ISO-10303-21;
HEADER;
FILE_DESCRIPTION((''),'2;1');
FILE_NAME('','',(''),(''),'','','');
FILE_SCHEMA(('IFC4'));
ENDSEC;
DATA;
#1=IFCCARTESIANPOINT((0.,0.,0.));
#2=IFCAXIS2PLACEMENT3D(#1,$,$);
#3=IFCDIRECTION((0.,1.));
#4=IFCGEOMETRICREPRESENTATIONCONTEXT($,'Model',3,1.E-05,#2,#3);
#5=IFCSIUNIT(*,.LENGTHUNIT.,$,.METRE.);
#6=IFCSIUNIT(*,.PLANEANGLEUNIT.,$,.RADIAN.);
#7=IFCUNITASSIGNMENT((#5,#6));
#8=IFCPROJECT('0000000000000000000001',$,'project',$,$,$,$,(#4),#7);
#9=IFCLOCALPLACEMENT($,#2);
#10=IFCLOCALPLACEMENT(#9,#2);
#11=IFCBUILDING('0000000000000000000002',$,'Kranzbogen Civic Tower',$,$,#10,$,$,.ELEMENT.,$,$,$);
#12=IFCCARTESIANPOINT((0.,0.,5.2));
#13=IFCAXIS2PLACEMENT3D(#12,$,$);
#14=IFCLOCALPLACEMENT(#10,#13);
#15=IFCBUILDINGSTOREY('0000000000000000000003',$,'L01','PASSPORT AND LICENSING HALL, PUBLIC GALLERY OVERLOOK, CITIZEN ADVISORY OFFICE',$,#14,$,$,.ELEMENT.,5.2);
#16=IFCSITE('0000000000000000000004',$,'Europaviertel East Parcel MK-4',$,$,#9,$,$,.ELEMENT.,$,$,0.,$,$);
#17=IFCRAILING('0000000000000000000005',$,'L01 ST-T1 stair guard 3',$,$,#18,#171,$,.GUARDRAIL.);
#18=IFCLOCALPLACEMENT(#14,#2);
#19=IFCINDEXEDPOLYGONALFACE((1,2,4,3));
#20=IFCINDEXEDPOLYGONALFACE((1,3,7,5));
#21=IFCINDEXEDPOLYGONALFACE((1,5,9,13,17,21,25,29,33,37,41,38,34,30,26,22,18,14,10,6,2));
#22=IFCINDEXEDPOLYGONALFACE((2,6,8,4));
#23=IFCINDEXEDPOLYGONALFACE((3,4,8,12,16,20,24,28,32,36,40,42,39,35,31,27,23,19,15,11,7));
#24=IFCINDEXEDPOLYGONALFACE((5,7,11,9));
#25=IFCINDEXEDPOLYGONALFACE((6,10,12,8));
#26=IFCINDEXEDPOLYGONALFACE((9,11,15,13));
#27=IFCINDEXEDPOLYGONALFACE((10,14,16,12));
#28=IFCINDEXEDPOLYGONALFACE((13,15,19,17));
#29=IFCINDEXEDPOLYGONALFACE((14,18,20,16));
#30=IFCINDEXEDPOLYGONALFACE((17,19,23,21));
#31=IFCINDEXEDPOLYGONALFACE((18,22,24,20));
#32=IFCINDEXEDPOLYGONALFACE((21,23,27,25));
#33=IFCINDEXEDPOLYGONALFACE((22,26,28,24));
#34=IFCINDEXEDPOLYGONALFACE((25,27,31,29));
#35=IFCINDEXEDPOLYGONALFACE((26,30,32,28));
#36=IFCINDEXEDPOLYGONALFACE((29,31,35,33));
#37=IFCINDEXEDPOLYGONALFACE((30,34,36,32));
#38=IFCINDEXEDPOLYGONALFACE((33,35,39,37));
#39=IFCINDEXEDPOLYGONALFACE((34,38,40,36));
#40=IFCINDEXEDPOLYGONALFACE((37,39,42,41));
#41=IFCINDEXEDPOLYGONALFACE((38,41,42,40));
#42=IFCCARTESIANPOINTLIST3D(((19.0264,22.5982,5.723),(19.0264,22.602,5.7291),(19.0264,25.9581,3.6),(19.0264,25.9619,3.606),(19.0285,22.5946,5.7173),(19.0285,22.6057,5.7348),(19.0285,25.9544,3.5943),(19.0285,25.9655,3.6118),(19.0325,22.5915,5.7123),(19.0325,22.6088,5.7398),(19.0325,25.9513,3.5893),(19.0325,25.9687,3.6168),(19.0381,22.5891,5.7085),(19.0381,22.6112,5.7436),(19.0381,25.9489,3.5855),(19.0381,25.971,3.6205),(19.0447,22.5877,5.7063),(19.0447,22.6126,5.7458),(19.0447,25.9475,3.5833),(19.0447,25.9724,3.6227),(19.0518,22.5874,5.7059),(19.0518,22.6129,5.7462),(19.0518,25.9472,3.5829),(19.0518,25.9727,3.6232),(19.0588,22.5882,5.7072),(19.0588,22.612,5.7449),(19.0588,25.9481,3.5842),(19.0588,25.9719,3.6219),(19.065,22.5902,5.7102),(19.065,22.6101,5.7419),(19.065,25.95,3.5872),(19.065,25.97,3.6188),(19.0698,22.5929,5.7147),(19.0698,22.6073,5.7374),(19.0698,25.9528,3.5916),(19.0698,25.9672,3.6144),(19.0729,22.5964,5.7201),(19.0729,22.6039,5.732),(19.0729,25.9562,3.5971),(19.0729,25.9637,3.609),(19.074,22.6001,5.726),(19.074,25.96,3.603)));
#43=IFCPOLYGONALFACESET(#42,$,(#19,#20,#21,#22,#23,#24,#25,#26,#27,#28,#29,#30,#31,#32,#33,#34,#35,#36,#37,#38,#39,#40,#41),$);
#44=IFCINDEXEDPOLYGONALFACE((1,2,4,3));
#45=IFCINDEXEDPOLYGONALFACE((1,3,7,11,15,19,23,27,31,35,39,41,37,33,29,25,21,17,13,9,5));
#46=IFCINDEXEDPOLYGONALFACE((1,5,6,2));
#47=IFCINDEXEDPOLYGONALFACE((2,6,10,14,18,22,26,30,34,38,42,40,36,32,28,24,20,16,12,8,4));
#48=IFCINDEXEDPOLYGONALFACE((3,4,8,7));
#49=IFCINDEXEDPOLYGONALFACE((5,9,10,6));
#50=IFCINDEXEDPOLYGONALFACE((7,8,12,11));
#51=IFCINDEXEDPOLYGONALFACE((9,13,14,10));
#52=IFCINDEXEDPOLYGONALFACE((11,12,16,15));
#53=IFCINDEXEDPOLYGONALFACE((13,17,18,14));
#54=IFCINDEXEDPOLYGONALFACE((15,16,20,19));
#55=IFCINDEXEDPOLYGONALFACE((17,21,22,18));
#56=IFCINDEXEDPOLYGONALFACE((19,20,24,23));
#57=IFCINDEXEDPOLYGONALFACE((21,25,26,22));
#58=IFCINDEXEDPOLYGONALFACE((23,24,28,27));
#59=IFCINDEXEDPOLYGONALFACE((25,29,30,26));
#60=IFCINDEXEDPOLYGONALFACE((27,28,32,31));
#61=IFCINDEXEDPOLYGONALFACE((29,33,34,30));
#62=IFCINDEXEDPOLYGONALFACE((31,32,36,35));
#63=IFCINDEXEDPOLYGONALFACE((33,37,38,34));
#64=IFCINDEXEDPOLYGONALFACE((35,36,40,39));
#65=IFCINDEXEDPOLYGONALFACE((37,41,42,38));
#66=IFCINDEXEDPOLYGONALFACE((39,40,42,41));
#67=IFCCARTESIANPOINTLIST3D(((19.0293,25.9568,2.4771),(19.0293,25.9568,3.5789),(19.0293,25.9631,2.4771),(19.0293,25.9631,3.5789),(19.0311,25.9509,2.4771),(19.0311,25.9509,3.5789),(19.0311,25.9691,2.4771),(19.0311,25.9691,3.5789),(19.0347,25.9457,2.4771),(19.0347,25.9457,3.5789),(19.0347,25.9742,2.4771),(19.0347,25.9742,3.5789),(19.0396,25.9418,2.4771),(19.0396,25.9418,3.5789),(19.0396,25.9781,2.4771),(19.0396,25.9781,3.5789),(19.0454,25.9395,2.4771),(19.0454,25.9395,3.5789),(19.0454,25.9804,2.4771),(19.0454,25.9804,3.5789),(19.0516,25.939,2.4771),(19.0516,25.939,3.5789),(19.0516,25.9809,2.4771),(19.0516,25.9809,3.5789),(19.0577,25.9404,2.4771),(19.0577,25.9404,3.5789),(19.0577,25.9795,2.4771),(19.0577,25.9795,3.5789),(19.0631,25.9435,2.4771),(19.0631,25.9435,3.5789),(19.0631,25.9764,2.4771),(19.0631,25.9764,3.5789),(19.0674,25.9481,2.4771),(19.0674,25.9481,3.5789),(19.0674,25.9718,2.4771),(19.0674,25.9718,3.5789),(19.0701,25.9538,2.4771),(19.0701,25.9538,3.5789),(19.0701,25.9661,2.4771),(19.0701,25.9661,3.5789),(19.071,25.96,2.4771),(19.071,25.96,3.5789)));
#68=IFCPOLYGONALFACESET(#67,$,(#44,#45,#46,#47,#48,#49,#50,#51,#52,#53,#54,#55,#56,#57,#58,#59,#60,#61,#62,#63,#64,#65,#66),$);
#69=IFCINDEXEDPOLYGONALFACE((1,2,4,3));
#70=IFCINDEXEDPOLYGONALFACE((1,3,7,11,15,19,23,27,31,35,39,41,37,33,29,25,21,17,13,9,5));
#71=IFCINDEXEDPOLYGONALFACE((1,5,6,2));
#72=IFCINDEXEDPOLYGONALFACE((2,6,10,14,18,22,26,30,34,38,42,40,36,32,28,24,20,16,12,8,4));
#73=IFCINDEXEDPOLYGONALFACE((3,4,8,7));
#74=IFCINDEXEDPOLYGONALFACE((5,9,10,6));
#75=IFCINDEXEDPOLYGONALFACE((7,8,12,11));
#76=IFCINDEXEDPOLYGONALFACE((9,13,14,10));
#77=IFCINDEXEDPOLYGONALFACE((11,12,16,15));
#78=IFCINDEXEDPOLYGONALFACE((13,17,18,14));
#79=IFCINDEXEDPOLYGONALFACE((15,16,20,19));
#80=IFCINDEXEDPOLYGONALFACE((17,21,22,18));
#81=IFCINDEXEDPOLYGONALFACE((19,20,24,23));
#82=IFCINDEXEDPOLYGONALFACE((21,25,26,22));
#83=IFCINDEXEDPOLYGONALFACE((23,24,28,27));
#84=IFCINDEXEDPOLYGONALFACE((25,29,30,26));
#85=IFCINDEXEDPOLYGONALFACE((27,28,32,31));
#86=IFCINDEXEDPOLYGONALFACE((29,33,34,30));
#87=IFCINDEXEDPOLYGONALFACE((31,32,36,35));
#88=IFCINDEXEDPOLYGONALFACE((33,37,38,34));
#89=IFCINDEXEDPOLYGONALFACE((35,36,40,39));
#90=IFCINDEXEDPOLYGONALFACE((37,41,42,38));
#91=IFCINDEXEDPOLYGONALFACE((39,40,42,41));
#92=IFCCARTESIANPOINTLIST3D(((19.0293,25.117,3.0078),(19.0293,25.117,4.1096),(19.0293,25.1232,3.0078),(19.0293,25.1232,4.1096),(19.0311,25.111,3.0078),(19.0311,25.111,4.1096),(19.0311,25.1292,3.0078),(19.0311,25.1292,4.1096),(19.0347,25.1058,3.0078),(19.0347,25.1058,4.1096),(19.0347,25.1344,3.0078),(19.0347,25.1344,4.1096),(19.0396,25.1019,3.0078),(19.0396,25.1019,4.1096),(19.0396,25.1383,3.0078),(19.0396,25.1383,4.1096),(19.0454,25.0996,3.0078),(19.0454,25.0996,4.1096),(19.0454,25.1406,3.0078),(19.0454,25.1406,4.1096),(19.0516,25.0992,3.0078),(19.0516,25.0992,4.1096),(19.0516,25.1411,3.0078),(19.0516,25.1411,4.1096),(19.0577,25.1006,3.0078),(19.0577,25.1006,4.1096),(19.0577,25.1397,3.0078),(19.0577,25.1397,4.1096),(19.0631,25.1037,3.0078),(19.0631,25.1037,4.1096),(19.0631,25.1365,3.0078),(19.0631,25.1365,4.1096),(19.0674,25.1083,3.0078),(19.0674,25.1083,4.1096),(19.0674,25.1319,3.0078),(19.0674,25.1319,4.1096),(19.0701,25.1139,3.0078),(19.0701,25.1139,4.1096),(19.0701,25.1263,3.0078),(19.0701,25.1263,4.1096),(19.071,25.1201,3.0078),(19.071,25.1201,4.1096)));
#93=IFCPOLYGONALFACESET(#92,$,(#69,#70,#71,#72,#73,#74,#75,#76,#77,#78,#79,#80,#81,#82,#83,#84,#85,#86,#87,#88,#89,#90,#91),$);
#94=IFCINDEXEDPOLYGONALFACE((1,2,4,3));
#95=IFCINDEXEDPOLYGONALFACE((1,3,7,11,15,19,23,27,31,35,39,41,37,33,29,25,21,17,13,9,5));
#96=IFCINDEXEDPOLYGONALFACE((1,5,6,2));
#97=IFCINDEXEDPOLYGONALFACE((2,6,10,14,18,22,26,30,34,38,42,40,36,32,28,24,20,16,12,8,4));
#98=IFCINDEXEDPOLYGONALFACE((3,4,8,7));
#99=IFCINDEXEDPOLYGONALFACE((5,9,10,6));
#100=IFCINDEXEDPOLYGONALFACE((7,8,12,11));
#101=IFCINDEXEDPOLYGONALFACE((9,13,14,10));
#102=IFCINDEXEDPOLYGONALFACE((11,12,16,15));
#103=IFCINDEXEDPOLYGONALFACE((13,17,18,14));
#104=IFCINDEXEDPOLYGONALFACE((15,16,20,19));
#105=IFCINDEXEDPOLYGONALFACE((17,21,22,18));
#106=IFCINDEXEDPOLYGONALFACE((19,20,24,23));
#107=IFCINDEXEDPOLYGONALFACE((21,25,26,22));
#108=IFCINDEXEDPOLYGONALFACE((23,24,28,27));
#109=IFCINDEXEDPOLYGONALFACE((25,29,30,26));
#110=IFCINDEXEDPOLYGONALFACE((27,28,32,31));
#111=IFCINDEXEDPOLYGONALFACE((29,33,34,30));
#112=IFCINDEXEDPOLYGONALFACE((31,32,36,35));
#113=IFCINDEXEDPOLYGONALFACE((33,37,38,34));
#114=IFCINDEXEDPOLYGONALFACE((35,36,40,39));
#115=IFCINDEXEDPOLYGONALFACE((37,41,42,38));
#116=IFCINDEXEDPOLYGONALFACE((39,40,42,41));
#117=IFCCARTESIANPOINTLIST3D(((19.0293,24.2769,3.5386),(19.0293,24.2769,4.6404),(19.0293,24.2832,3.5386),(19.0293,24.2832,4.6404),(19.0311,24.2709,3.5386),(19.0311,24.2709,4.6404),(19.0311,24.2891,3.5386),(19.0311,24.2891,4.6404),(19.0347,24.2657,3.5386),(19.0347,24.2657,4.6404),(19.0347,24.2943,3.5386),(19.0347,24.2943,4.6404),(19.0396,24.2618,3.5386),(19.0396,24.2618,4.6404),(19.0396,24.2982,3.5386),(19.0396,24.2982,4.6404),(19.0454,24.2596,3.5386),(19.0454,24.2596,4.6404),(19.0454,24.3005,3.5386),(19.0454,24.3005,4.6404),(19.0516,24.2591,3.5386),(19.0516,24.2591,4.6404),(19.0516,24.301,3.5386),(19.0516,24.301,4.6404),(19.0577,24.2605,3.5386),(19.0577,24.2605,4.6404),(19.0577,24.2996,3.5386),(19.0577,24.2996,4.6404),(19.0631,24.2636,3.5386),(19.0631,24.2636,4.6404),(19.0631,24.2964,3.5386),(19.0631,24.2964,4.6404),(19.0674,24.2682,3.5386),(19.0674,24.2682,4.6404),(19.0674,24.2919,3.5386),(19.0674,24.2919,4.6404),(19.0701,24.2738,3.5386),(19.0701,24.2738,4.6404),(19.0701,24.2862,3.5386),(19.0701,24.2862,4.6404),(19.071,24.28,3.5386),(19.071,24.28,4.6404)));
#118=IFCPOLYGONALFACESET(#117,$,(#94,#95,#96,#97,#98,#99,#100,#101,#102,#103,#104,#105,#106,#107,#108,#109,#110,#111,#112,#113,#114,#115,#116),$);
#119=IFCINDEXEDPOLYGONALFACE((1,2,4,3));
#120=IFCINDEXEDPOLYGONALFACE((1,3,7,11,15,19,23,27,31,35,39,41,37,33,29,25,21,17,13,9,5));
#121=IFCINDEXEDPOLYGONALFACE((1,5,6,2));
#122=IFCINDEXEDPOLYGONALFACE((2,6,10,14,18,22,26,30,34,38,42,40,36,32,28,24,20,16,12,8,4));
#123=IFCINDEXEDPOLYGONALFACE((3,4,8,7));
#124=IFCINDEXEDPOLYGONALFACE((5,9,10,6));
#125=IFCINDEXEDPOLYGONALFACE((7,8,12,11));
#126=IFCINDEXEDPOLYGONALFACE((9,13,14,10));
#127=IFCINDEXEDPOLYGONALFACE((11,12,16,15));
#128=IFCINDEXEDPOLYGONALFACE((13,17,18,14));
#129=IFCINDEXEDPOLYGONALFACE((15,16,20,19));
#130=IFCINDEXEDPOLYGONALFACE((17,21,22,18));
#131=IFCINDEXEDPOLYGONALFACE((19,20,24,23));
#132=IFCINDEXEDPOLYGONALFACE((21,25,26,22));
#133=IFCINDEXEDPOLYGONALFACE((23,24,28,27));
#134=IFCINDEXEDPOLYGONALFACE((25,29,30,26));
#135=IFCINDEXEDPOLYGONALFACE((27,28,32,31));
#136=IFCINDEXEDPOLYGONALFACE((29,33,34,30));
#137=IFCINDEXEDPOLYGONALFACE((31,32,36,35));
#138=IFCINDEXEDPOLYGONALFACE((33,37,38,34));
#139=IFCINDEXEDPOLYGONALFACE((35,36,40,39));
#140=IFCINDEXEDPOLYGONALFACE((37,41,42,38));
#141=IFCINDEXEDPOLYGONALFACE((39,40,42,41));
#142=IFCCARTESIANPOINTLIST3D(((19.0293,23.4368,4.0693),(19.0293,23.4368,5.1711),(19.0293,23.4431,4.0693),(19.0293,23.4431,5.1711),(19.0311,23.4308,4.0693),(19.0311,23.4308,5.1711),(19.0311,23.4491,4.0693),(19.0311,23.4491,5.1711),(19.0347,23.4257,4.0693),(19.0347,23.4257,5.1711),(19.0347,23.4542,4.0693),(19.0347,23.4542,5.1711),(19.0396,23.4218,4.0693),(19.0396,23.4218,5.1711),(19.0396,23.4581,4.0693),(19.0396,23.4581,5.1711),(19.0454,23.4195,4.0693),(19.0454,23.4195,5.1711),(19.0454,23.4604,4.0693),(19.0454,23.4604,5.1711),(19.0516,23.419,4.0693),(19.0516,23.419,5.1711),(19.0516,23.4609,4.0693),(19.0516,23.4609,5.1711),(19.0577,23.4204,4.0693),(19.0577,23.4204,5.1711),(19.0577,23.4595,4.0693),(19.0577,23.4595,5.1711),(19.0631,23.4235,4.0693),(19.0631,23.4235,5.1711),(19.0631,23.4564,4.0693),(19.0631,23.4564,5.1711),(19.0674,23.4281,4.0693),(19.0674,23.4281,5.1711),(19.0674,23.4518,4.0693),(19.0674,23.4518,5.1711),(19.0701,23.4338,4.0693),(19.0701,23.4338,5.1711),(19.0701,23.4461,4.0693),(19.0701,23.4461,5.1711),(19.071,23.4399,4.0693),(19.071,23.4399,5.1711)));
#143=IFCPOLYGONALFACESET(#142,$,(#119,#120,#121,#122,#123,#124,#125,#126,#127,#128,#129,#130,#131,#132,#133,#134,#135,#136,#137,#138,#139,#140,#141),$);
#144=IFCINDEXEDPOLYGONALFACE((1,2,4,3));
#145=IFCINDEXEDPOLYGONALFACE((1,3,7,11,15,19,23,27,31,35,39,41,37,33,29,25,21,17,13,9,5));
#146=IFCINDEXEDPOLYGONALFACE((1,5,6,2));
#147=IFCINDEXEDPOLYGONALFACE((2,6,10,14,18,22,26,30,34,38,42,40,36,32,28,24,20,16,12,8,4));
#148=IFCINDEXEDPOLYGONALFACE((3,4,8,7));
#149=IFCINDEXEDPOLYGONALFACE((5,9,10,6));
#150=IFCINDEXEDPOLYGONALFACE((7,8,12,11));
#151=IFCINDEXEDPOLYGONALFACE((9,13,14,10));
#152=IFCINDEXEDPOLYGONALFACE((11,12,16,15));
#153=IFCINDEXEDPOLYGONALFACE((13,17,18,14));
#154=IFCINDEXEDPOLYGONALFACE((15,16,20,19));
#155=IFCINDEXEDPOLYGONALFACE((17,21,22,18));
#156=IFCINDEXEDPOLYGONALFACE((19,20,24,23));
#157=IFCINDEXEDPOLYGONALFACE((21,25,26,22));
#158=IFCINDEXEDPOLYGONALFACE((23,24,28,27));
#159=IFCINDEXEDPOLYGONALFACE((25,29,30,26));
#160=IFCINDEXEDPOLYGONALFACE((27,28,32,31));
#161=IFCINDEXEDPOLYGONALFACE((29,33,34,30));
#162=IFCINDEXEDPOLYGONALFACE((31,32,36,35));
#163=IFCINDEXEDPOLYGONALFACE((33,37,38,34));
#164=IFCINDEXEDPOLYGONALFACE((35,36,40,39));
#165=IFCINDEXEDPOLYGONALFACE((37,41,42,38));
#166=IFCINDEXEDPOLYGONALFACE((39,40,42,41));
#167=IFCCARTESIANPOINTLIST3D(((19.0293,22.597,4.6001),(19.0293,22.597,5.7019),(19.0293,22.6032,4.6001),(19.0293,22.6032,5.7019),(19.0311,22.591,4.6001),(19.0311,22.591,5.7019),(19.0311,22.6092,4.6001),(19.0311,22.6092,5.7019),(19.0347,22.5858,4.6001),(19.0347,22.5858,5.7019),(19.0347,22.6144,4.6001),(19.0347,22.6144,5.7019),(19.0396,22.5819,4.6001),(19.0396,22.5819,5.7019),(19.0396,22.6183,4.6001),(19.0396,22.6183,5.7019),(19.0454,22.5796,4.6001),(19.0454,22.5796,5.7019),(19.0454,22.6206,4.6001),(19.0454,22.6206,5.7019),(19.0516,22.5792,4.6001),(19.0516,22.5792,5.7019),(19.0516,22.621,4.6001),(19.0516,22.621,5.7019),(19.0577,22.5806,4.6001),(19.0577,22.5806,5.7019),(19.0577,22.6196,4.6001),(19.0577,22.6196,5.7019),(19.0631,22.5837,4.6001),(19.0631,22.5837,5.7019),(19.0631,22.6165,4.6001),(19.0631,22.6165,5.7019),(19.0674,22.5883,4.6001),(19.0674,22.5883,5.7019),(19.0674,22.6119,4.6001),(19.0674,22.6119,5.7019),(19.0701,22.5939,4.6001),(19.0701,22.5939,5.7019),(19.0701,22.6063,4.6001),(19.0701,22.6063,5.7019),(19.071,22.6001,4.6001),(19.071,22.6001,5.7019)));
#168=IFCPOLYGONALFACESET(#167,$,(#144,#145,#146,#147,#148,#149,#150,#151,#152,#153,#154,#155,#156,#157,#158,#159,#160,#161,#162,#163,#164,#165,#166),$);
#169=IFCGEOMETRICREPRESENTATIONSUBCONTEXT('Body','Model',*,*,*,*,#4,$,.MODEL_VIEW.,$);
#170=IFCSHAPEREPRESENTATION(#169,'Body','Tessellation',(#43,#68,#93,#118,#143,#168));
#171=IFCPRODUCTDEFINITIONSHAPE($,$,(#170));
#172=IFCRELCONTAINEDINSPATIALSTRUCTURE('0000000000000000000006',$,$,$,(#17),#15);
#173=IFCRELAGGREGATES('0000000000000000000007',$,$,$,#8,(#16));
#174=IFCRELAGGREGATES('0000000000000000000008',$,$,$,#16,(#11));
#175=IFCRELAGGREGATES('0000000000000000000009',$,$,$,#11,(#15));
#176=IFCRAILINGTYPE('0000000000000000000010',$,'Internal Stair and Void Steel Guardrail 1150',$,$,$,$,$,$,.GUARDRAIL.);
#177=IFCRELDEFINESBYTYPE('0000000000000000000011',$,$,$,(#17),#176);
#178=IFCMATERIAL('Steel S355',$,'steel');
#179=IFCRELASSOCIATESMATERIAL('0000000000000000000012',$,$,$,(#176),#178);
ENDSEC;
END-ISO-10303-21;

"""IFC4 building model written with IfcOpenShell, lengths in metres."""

from ifc_helpers import new_model, si_unit, direction, frame, origin, origin_2d, place, context, subcontext, project, spatial, circle, extrude, material, type_object, element, save


model = new_model("IFC4")

# Units and contexts
model_context = context("Model", 3, precision=1e-05, world=origin(), true_north=direction((0.0, 1.0)))
body_context = subcontext(model_context, "Body", "Model", "MODEL_VIEW")
ifc_project = project(units=[si_unit("LENGTHUNIT", "METRE"), si_unit("PLANEANGLEUNIT", "RADIAN")], contexts=[model_context])

# Site, building, storey
site_placement = place(None, origin())
site = spatial("IfcSite", under=ifc_project, at=site_placement, Name="Europaviertel East Parcel MK-4", CompositionType="ELEMENT", RefElevation=0.0)
building_placement = place(site_placement, origin())
building = spatial("IfcBuilding", under=site, at=building_placement, Name="Kranzbogen Civic Tower", CompositionType="ELEMENT")
storey_placement = place(building_placement, frame((0.0, 0.0, 5.2)))
storey = spatial("IfcBuildingStorey", under=building, at=storey_placement, Name="L01", Description="PASSPORT AND LICENSING HALL, PUBLIC GALLERY OVERLOOK, CITIZEN ADVISORY OFFICE", CompositionType="ELEMENT", Elevation=5.2)

# Shared definitions
ifc_material_1 = material(Name="Steel S355", Category="steel")

# Railing
railing_type_1 = type_object("IfcRailingType", Name="Internal Stair and Void Steel Guardrail 1150", PredefinedType="GUARDRAIL", material=ifc_material_1)
for number, where, name in (
    (1, (19.05, 25.96, 2.4771), "L01 ST-T1 stair guard 3"),
):
    element("IfcRailing", number, at=place(storey_placement, frame(where)), inside=storey, type_object=railing_type_1, Name=name, PredefinedType="GUARDRAIL", context=body_context, shape_type="SweptSolid", body=[
        extrude(circle(Radius=0.0239, at=origin_2d()), frame((0.0, 0.0, 1.126), z_axis=(0.0, -0.845372, 0.534178), x_axis=(1.0, 0.0, 0.0)), (0.0, 0.0, 1.0), 3.9744),
        extrude(circle(Radius=0.021, at=origin_2d()), origin(), (0.0, 0.0, 1.0), 1.1018),
        extrude(circle(Radius=0.021, at=origin_2d()), frame((0.0, -0.8398, 0.5308)), (0.0, 0.0, 1.0), 1.1018),
        extrude(circle(Radius=0.021, at=origin_2d()), frame((0.0, -1.6799, 1.0615)), (0.0, 0.0, 1.0), 1.1018),
        extrude(circle(Radius=0.021, at=origin_2d()), frame((0.0, -2.52, 1.5923)), (0.0, 0.0, 1.0), 1.1018),
        extrude(circle(Radius=0.021, at=origin_2d()), frame((0.0, -3.3599, 2.123)), (0.0, 0.0, 1.0), 1.1018),
    ])

save(model, "model.ifc")
